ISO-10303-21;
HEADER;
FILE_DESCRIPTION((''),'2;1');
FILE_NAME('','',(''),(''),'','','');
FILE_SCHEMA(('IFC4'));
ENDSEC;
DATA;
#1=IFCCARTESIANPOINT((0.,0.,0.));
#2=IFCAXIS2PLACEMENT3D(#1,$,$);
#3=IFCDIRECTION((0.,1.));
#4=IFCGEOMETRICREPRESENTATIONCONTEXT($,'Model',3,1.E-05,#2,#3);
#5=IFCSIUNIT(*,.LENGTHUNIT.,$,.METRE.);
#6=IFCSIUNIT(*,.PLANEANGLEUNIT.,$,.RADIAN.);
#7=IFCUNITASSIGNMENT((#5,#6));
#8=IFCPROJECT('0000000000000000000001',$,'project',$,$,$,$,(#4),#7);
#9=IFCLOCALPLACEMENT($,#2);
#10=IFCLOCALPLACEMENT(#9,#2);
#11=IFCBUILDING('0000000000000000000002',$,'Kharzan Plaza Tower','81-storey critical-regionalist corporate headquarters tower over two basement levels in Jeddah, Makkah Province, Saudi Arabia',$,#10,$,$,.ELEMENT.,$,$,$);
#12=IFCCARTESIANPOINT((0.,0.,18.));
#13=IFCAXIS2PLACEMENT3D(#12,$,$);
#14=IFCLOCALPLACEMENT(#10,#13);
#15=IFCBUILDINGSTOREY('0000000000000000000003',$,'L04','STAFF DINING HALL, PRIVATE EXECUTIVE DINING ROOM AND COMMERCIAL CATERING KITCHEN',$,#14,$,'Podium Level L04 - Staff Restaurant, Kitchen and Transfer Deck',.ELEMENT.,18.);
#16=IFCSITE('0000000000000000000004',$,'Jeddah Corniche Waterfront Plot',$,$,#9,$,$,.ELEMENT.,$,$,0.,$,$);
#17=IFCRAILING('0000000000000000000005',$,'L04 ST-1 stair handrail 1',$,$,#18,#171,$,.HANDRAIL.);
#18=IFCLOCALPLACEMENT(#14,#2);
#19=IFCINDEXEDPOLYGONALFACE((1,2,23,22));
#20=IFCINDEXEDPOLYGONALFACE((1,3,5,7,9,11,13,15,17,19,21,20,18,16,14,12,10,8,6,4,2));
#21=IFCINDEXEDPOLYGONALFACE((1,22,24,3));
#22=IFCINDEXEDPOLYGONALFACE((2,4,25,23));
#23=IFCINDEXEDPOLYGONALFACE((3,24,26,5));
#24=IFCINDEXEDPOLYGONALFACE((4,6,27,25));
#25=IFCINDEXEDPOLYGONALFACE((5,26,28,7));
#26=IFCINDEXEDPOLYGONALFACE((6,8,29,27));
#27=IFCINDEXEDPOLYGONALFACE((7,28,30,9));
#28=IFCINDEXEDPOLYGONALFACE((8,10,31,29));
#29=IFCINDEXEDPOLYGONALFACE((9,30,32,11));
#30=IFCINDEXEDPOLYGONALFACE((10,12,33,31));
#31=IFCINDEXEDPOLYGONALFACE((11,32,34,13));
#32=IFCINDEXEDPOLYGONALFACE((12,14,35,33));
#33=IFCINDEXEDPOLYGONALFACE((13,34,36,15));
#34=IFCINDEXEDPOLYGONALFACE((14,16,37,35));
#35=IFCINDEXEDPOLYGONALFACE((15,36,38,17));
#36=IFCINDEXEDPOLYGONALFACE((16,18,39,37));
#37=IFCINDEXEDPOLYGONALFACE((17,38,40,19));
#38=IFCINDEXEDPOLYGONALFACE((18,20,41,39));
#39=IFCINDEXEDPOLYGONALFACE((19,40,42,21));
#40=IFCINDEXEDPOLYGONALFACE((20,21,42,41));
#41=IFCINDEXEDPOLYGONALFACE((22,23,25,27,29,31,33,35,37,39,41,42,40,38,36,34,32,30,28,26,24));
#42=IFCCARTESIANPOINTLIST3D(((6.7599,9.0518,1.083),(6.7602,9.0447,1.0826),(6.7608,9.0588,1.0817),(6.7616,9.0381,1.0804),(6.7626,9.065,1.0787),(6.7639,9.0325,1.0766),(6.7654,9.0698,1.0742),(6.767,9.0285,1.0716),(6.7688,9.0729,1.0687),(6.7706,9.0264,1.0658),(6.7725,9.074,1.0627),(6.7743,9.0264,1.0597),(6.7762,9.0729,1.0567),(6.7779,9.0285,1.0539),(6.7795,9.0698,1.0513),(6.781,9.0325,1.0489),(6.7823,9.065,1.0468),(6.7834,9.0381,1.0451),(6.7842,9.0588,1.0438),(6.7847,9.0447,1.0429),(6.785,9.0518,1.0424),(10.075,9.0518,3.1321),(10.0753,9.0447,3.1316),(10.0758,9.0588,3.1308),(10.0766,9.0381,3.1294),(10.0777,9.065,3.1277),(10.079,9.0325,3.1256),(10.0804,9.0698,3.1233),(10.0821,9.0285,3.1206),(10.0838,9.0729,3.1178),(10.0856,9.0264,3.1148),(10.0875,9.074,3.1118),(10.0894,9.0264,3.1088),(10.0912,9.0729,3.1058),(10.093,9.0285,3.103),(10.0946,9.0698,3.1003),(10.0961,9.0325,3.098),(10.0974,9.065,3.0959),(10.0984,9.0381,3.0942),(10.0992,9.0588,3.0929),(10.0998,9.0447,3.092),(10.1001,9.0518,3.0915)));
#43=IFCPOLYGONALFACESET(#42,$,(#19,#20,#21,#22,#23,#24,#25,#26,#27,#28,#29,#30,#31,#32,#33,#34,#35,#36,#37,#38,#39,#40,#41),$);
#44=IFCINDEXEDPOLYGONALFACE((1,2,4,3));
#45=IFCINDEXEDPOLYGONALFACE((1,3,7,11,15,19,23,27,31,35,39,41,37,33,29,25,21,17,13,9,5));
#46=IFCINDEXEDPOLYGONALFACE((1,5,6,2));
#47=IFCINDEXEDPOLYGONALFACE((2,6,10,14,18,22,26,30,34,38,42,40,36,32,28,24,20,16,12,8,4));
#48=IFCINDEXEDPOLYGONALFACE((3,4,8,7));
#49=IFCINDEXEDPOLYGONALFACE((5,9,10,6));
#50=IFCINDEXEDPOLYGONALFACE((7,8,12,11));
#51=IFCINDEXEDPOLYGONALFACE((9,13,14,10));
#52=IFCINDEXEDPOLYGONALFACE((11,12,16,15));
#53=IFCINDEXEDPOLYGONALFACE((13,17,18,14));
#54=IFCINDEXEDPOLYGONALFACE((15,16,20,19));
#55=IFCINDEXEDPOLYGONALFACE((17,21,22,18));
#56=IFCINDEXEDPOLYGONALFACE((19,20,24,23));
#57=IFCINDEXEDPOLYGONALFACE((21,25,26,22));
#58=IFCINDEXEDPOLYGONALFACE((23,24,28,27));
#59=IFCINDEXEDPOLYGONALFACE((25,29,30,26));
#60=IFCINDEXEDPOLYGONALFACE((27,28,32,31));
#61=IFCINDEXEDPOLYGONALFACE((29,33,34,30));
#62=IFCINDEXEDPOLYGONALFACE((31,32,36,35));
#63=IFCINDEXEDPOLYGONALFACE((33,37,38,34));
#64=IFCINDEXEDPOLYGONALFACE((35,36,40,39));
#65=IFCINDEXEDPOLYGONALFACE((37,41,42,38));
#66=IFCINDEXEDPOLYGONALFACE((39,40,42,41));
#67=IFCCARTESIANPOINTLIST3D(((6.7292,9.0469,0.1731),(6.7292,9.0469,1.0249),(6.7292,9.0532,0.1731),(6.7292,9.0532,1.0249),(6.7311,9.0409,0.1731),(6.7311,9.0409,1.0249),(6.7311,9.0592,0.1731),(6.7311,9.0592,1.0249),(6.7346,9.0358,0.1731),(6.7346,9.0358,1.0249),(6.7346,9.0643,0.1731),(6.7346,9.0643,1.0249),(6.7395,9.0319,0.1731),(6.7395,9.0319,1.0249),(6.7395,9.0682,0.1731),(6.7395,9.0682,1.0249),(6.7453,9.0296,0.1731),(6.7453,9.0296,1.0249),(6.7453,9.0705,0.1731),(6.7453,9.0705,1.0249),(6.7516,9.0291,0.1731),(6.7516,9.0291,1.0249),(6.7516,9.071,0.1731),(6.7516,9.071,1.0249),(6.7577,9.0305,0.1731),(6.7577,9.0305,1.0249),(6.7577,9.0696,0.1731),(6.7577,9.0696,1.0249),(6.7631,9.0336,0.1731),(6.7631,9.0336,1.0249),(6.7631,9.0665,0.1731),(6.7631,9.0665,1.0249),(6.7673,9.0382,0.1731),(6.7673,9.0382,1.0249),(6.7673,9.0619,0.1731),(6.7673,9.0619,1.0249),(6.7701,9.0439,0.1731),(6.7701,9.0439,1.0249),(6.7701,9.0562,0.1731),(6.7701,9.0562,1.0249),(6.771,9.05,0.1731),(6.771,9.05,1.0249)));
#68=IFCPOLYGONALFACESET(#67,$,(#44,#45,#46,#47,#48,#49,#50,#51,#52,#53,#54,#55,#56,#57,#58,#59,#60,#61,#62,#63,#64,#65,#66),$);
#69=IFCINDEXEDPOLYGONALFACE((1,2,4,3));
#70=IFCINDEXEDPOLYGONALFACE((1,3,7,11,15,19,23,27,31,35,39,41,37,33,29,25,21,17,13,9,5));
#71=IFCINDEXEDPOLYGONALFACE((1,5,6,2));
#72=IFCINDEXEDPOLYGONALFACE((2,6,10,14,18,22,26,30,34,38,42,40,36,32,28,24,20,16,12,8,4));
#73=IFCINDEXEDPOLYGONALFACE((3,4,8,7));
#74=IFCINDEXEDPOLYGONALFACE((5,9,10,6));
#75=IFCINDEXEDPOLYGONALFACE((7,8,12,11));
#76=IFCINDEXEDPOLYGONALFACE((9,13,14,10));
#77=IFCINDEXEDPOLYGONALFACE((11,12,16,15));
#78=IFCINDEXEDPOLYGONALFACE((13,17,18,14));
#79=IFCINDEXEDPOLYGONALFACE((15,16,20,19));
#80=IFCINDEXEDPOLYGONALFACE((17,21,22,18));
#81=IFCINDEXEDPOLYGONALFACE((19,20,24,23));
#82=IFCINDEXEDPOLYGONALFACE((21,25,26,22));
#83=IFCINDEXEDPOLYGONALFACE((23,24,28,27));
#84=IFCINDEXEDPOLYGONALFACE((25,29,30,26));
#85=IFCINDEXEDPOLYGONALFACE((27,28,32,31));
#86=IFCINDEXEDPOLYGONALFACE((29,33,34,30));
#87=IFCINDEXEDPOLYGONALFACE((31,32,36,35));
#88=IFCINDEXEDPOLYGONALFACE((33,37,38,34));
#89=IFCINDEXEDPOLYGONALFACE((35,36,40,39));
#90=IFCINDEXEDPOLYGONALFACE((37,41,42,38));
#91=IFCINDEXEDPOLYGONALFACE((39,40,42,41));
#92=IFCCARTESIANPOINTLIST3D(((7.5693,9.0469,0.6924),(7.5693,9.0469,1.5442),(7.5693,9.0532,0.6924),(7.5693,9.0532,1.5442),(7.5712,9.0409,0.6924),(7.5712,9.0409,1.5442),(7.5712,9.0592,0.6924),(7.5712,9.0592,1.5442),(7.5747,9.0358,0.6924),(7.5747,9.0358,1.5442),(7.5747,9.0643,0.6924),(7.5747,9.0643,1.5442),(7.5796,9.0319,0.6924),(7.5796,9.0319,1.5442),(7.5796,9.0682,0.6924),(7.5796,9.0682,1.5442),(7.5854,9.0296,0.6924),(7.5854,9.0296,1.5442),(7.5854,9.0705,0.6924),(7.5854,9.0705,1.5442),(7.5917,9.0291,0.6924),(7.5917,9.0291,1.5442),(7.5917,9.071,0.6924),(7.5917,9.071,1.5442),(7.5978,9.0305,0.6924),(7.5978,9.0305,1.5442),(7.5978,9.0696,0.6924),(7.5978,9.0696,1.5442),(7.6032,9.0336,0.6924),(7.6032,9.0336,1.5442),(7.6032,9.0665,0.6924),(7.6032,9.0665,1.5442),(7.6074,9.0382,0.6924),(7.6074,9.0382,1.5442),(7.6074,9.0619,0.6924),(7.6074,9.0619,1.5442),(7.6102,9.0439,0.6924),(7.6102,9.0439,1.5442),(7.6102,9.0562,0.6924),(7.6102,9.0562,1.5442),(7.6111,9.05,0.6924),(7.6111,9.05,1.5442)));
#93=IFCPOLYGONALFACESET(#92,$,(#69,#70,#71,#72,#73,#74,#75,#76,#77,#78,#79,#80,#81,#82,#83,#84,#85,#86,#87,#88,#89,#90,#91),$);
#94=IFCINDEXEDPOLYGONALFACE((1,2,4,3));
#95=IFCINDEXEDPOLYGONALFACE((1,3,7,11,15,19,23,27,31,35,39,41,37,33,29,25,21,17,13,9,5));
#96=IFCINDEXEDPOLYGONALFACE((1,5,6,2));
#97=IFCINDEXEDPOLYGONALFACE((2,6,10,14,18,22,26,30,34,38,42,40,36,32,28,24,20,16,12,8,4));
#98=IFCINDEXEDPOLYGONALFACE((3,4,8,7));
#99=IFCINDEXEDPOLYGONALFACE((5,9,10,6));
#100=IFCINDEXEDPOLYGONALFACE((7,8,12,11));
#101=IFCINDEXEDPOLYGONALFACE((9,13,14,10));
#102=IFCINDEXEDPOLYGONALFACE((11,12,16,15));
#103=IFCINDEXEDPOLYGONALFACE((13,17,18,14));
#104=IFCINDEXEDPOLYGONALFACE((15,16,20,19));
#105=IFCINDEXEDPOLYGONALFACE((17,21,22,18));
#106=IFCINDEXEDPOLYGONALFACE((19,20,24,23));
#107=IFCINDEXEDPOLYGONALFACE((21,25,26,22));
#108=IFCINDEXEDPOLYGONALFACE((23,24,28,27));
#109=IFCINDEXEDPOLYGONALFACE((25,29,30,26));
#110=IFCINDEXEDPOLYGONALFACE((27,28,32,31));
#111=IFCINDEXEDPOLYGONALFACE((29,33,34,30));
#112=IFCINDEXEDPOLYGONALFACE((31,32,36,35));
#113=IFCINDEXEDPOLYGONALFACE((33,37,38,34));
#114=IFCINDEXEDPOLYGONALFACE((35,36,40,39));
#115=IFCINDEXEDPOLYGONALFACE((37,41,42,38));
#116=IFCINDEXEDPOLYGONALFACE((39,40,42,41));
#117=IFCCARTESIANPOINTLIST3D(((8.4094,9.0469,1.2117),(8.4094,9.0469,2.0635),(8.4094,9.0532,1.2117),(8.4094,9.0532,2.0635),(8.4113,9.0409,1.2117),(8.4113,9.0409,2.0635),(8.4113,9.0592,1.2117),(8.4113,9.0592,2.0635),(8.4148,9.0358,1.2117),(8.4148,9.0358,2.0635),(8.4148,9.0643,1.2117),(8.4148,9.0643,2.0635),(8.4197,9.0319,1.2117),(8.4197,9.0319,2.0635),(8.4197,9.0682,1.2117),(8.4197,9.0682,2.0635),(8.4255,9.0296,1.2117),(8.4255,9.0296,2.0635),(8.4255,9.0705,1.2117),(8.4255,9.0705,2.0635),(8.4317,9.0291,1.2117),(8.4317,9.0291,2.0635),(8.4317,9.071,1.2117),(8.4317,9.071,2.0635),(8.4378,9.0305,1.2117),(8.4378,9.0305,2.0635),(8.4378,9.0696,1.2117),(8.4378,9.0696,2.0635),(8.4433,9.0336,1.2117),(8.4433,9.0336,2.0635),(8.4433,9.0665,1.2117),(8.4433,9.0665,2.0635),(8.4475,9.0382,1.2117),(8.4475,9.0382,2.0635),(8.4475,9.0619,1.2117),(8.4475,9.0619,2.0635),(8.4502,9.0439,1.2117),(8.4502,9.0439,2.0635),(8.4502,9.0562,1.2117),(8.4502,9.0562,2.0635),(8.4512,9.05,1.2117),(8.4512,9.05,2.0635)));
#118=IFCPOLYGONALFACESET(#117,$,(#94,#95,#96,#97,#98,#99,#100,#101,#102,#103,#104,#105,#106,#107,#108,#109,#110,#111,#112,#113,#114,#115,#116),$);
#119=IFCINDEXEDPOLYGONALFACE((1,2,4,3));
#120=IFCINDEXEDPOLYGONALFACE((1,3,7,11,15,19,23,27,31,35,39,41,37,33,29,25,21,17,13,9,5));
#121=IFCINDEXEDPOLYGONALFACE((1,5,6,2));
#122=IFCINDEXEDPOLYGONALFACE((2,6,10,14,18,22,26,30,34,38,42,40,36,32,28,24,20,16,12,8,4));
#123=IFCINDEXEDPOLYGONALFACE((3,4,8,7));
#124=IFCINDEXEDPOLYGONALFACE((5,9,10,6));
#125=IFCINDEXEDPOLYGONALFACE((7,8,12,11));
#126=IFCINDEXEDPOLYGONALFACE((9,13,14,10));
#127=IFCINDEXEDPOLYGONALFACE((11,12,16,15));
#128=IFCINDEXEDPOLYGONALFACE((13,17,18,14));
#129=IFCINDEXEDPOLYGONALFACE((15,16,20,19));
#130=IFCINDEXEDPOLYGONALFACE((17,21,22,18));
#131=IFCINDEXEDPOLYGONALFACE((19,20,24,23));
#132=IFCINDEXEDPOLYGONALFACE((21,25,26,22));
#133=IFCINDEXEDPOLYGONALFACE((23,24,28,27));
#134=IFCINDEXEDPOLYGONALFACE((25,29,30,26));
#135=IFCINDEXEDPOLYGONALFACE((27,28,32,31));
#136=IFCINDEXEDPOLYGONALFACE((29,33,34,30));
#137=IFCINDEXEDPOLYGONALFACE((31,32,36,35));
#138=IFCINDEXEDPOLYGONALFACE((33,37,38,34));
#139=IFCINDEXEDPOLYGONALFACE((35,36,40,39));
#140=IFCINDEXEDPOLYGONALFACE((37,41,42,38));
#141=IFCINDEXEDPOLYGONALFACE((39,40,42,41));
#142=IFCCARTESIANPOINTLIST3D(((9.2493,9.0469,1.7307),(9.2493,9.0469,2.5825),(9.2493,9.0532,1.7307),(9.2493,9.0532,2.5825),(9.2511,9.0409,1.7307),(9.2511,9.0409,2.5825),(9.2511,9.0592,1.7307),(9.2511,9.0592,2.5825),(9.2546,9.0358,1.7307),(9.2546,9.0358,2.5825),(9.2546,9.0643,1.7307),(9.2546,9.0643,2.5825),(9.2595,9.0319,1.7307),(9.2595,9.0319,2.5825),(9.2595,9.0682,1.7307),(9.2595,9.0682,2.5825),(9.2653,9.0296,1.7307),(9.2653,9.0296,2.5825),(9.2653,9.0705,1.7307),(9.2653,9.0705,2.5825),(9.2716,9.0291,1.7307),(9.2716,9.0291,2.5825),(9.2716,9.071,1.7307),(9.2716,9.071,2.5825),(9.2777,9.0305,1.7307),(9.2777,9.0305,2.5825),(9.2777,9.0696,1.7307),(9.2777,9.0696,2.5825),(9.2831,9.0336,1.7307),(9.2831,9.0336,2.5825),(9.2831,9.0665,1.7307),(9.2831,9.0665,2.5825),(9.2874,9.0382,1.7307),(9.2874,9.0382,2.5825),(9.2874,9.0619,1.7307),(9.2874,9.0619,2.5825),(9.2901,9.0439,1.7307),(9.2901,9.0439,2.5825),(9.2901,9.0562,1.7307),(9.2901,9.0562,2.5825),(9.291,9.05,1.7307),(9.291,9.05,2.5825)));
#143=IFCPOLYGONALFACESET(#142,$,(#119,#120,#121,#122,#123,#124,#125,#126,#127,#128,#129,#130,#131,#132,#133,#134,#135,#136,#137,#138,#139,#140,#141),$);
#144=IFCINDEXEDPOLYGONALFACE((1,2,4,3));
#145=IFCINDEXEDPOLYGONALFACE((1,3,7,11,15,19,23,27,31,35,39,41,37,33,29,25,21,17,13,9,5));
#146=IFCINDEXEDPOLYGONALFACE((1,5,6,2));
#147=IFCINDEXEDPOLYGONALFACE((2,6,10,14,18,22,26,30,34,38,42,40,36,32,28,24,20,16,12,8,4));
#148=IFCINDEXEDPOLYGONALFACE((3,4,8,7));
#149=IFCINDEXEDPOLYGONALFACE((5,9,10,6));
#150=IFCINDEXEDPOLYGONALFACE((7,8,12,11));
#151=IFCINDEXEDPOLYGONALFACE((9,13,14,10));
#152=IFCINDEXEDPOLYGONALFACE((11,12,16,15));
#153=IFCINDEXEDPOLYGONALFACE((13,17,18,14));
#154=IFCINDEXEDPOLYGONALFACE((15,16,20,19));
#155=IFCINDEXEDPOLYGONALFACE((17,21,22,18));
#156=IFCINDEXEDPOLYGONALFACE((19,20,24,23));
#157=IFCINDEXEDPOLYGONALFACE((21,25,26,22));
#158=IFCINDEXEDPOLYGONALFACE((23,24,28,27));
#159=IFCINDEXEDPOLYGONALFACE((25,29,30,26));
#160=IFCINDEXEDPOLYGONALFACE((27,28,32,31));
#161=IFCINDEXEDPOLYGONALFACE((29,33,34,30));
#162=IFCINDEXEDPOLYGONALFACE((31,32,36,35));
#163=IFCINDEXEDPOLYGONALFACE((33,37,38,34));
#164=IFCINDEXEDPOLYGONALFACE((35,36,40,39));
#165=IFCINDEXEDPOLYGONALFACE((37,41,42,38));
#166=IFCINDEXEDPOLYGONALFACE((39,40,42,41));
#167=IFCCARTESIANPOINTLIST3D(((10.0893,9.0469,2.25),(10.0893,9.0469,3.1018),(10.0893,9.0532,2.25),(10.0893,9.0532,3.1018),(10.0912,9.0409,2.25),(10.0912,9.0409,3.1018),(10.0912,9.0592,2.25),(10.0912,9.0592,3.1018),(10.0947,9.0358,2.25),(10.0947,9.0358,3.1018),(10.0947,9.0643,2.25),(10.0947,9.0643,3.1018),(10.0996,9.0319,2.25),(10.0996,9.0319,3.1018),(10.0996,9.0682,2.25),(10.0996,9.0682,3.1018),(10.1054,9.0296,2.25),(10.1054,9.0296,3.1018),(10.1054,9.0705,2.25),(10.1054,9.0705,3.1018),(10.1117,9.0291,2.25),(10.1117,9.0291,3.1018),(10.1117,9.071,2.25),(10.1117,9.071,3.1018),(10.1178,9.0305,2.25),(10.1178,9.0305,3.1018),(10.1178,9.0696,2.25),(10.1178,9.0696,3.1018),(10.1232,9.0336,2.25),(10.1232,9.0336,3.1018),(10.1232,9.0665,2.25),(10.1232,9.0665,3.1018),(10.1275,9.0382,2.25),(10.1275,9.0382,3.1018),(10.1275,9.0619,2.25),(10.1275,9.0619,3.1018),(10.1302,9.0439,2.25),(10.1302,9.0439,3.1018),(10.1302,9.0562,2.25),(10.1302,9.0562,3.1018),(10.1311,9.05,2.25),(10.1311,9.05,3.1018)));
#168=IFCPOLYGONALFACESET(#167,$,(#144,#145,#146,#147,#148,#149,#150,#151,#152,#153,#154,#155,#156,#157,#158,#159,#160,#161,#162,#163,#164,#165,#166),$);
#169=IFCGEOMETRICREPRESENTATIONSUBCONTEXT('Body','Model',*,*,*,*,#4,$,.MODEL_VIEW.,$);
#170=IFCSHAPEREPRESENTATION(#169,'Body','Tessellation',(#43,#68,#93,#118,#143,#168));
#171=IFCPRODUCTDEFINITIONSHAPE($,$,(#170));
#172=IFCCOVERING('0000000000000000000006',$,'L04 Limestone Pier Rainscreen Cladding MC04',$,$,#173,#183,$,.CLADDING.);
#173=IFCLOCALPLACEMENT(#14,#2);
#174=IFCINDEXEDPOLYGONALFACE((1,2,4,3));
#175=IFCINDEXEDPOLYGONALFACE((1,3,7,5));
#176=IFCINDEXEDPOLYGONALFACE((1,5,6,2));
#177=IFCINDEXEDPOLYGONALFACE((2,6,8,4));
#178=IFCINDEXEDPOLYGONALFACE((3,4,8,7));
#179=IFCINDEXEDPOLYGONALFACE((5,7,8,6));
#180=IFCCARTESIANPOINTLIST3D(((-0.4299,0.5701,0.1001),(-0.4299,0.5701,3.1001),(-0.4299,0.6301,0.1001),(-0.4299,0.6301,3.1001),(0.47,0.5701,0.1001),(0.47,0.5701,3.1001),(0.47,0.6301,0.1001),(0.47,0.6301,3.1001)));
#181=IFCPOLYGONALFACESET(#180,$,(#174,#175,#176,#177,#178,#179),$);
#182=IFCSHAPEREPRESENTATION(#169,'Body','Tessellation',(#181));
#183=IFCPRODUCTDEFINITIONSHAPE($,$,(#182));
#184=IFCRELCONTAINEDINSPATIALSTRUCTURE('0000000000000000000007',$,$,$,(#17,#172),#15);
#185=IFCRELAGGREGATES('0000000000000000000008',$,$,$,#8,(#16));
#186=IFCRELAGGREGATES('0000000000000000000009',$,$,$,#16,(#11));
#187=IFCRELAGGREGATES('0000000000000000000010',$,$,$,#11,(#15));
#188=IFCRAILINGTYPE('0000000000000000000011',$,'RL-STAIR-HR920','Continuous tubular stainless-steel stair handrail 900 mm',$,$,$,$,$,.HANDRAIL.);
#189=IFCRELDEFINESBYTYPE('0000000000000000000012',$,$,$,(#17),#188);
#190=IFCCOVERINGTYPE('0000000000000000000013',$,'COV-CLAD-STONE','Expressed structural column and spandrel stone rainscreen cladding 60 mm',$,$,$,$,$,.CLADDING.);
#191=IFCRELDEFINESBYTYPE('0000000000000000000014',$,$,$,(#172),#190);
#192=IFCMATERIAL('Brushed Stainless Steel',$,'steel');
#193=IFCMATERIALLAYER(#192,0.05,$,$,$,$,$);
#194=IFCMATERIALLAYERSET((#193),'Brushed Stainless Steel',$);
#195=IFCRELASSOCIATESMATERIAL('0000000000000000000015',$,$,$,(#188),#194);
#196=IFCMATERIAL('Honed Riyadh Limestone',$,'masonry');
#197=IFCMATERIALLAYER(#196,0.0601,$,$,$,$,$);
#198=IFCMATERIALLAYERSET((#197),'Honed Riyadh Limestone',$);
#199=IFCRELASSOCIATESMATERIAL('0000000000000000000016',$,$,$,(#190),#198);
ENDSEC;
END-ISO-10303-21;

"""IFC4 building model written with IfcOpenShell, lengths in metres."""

from ifc_helpers import new_model, si_unit, direction, frame, origin, origin_2d, place, context, subcontext, project, spatial, rectangle, circle, extrude, source, transform, mapped, material, layer, layer_set, type_object, element, save


model = new_model("IFC4")

# Units and contexts
model_context = context("Model", 3, precision=1e-05, world=origin(), true_north=direction((0.0, 1.0)))
body_context = subcontext(model_context, "Body", "Model", "MODEL_VIEW")
ifc_project = project(units=[si_unit("LENGTHUNIT", "METRE"), si_unit("PLANEANGLEUNIT", "RADIAN")], contexts=[model_context])

# Site, building, storey
site_placement = place(None, origin())
site = spatial("IfcSite", under=ifc_project, at=site_placement, Name="Jeddah Corniche Waterfront Plot", CompositionType="ELEMENT", RefElevation=0.0)
building_placement = place(site_placement, origin())
building = spatial("IfcBuilding", under=site, at=building_placement, Name="Kharzan Plaza Tower", Description="81-storey critical-regionalist corporate headquarters tower over two basement levels in Jeddah, Makkah Province, Saudi Arabia", CompositionType="ELEMENT")
storey_placement = place(building_placement, frame((0.0, 0.0, 18.0)))
storey = spatial("IfcBuildingStorey", under=building, at=storey_placement, Name="L04", Description="STAFF DINING HALL, PRIVATE EXECUTIVE DINING ROOM AND COMMERCIAL CATERING KITCHEN", LongName="Podium Level L04 - Staff Restaurant, Kitchen and Transfer Deck", CompositionType="ELEMENT", Elevation=18.0)

# Railing
ifc_material_1 = material(Name="Brushed Stainless Steel", Category="steel")
ifc_layer_1 = layer(ifc_material_1, 0.05)
ifc_layer_set_1 = layer_set([ifc_layer_1], Name="Brushed Stainless Steel")
railing_type_1 = type_object("IfcRailingType", Name="RL-STAIR-HR920", Description="Continuous tubular stainless-steel stair handrail 900 mm", PredefinedType="HANDRAIL", material=ifc_layer_set_1)
shared_shape_1 = source(origin(), body_context, "Body", "SweptSolid", [
    extrude(circle(Radius=0.0239, at=origin_2d()), frame((0.0225, 0.0, 0.8896), z_axis=(0.850623, 0.0, 0.525776), x_axis=(0.0, 1.0, 0.0)), (0.0, 0.0, 1.0), 3.8972),
    extrude(circle(Radius=0.021, at=origin_2d()), origin(), (0.0, 0.0, 1.0), 0.8518),
    extrude(circle(Radius=0.021, at=origin_2d()), frame((0.8401, 0.0, 0.5193)), (0.0, 0.0, 1.0), 0.8518),
    extrude(circle(Radius=0.021, at=origin_2d()), frame((1.6802, 0.0, 1.0386)), (0.0, 0.0, 1.0), 0.8518),
    extrude(circle(Radius=0.021, at=origin_2d()), frame((2.52, 0.0, 1.5576)), (0.0, 0.0, 1.0), 0.8518),
    extrude(circle(Radius=0.021, at=origin_2d()), frame((3.3601, 0.0, 2.0769)), (0.0, 0.0, 1.0), 0.8518),
])
railing_1_placement = place(storey_placement, frame((6.75, 9.05, 0.1731)))
element("IfcRailing", 1, at=railing_1_placement, inside=storey, type_object=railing_type_1, Name="L04 ST-1 stair handrail 1", PredefinedType="HANDRAIL", context=body_context, shape_type="MappedRepresentation", body=[
    mapped(shared_shape_1, transform((0.0, 0.0, 0.0), x_axis=(1.0, 0.0, 0.0), y_axis=(0.0, 1.0, 0.0), z_axis=(0.0, 0.0, 1.0))),
])

# Covering
ifc_material_2 = material(Name="Honed Riyadh Limestone", Category="masonry")
ifc_layer_2 = layer(ifc_material_2, 0.0601)
ifc_layer_set_2 = layer_set([ifc_layer_2], Name="Honed Riyadh Limestone")
covering_type_1 = type_object("IfcCoveringType", Name="COV-CLAD-STONE", Description="Expressed structural column and spandrel stone rainscreen cladding 60 mm", PredefinedType="CLADDING", material=ifc_layer_set_2)
shared_shape_2 = source(origin(), body_context, "Body", "SweptSolid", [
    extrude(rectangle(XDim=0.0601, YDim=0.8999, at=origin_2d()), origin(), (0.0, 0.0, 1.0), 3.0),
])
covering_1_placement = place(storey_placement, frame((0.02, 0.6001, 0.1001), z_axis=(0.0, 0.0, 1.0), x_axis=(0.0, 1.0, 0.0)))
element("IfcCovering", 2, at=covering_1_placement, inside=storey, type_object=covering_type_1, Name="L04 Limestone Pier Rainscreen Cladding MC04", PredefinedType="CLADDING", context=body_context, shape_type="MappedRepresentation", body=[
    mapped(shared_shape_2, transform((0.0, 0.0, 0.0), x_axis=(1.0, 0.0, 0.0), y_axis=(0.0, 1.0, 0.0), z_axis=(0.0, 0.0, 1.0))),
])

save(model, "model.ifc")
